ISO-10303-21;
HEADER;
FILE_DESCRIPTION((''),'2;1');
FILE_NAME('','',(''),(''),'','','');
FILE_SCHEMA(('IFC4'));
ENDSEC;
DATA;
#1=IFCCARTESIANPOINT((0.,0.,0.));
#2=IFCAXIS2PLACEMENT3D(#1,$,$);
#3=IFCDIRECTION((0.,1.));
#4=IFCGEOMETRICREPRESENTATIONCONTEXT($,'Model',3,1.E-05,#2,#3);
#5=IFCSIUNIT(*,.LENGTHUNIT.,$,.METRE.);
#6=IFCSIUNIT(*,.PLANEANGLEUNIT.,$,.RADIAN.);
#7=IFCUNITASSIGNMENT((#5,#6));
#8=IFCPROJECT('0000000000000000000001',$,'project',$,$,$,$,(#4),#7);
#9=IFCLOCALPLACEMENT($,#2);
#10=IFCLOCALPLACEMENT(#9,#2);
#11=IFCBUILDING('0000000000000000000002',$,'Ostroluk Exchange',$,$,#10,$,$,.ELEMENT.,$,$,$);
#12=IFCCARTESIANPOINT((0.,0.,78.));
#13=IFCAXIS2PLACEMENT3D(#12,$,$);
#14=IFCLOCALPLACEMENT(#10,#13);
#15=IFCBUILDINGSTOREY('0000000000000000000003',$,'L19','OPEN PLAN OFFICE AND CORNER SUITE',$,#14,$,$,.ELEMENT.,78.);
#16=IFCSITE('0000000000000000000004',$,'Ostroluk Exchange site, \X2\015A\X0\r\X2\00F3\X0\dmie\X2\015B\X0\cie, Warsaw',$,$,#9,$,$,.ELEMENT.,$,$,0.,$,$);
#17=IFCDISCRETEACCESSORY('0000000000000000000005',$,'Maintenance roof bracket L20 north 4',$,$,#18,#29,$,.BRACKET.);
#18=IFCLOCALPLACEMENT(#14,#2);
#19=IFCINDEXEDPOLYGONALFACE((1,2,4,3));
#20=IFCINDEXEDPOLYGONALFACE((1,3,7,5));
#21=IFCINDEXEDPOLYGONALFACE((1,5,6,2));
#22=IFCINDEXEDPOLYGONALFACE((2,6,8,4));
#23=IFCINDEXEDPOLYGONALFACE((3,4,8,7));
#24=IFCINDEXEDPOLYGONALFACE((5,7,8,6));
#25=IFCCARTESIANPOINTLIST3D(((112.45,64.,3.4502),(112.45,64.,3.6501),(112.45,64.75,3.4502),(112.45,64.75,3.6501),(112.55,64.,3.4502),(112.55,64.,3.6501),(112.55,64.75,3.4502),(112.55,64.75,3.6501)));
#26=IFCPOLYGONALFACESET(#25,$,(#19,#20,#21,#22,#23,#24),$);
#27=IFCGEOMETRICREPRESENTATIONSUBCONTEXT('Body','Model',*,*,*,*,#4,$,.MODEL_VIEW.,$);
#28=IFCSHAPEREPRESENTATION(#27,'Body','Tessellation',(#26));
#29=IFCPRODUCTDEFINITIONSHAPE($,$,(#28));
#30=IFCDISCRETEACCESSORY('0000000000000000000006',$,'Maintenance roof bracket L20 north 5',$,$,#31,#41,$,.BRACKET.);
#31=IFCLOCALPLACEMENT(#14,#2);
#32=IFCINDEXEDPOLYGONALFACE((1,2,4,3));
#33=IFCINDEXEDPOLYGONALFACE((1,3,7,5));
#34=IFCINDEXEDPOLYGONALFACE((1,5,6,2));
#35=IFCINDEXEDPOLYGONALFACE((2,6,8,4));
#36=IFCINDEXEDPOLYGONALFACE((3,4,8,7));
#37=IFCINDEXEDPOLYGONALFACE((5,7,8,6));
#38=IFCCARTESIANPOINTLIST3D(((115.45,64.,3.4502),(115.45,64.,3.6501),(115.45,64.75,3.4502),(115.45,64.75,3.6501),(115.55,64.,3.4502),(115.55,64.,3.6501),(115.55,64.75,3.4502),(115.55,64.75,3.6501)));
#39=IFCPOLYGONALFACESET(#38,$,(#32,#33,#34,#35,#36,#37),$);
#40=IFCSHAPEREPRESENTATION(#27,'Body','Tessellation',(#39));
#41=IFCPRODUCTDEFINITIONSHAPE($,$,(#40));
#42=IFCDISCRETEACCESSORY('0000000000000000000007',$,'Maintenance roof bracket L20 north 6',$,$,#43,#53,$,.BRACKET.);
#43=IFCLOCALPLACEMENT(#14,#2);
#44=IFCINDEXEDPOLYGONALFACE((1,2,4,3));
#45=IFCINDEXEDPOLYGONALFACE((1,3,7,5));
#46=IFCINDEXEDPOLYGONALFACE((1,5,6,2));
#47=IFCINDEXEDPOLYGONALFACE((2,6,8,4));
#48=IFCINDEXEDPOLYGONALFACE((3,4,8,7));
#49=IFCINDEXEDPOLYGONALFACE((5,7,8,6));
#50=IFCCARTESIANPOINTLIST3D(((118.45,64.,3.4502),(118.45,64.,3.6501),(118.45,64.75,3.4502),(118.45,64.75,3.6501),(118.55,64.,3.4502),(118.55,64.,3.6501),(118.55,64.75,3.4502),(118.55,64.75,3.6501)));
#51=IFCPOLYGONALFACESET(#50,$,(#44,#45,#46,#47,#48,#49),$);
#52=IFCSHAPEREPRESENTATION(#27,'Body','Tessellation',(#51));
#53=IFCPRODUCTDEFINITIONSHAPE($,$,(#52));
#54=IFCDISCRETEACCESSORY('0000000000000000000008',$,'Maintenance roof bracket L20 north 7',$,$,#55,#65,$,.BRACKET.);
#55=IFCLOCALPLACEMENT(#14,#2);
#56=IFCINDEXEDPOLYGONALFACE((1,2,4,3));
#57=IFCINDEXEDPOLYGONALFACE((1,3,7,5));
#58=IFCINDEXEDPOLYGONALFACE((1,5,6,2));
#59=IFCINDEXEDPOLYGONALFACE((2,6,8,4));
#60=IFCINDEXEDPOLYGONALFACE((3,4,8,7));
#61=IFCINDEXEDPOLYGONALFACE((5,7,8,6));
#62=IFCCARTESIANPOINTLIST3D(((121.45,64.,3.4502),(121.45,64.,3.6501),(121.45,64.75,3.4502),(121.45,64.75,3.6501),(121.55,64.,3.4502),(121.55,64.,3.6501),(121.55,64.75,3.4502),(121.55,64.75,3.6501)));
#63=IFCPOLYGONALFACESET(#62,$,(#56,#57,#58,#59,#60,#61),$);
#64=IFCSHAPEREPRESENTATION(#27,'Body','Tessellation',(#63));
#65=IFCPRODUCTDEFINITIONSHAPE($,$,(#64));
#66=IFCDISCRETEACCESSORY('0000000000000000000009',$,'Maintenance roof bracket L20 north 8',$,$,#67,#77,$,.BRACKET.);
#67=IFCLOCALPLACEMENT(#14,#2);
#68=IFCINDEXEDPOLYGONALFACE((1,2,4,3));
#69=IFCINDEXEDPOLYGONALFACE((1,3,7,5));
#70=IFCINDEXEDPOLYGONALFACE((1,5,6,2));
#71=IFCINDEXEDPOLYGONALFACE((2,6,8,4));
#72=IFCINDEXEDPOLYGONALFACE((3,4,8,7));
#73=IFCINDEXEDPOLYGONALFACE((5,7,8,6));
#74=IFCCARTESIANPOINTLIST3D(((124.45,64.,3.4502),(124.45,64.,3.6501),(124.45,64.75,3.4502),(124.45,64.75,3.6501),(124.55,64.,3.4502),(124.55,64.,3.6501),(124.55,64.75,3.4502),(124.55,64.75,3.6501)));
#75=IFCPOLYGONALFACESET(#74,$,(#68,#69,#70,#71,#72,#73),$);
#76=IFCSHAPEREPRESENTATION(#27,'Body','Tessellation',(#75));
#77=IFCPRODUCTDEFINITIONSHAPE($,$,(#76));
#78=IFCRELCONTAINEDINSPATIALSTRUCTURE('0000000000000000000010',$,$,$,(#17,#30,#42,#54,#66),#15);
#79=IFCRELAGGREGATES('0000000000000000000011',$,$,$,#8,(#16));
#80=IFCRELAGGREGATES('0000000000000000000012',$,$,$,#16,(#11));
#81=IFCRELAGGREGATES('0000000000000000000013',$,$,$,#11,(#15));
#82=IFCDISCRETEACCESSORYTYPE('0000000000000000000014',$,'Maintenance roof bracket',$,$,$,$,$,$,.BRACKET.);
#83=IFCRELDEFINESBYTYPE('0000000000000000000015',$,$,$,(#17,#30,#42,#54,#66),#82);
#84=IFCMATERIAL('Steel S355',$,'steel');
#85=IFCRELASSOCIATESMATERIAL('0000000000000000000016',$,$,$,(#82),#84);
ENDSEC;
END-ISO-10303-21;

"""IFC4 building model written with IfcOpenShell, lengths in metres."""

from ifc_helpers import new_model, si_unit, direction, frame, origin, origin_2d, place, context, subcontext, project, spatial, rectangle, extrude, material, type_object, element, save


model = new_model("IFC4")

# Units and contexts
model_context = context("Model", 3, precision=1e-05, world=origin(), true_north=direction((0.0, 1.0)))
body_context = subcontext(model_context, "Body", "Model", "MODEL_VIEW")
ifc_project = project(units=[si_unit("LENGTHUNIT", "METRE"), si_unit("PLANEANGLEUNIT", "RADIAN")], contexts=[model_context])

# Site, building, storey
site_placement = place(None, origin())
site = spatial("IfcSite", under=ifc_project, at=site_placement, Name="Ostroluk Exchange site, Śródmieście, Warsaw", CompositionType="ELEMENT", RefElevation=0.0)
building_placement = place(site_placement, origin())
building = spatial("IfcBuilding", under=site, at=building_placement, Name="Ostroluk Exchange", CompositionType="ELEMENT")
storey_placement = place(building_placement, frame((0.0, 0.0, 78.0)))
storey = spatial("IfcBuildingStorey", under=building, at=storey_placement, Name="L19", Description="OPEN PLAN OFFICE AND CORNER SUITE", CompositionType="ELEMENT", Elevation=78.0)

# Discrete accessories
ifc_material_1 = material(Name="Steel S355", Category="steel")
discrete_accessory_type = type_object("IfcDiscreteAccessoryType", Name="Maintenance roof bracket", PredefinedType="BRACKET", material=ifc_material_1)
for number, where, z_axis, x_axis, name in (
    (1, (112.5, 64.375, 3.4502), (0.0, 0.0, 1.0), (1.0, 0.0, 0.0), "Maintenance roof bracket L20 north 4"),
    (2, (115.5, 64.375, 3.4502), (0.0, 0.0, 1.0), (1.0, 0.0, 0.0), "Maintenance roof bracket L20 north 5"),
    (3, (118.5, 64.375, 3.4502), (0.0, 0.0, 1.0), (1.0, 0.0, 0.0), "Maintenance roof bracket L20 north 6"),
    (4, (121.5, 64.375, 3.4502), (0.0, 0.0, 1.0), (1.0, 0.0, 0.0), "Maintenance roof bracket L20 north 7"),
    (5, (124.5, 64.375, 3.4502), (0.0, 0.0, 1.0), (1.0, 0.0, 0.0), "Maintenance roof bracket L20 north 8"),
):
    element("IfcDiscreteAccessory", number, at=place(storey_placement, frame(where, z_axis=z_axis, x_axis=x_axis)), inside=storey, type_object=discrete_accessory_type, Name=name, PredefinedType="BRACKET", context=body_context, shape_type="SweptSolid", body=[
        extrude(rectangle(XDim=0.1001, YDim=0.75, at=origin_2d()), origin(), (0.0, 0.0, 1.0), 0.2),
    ])

save(model, "model.ifc")
